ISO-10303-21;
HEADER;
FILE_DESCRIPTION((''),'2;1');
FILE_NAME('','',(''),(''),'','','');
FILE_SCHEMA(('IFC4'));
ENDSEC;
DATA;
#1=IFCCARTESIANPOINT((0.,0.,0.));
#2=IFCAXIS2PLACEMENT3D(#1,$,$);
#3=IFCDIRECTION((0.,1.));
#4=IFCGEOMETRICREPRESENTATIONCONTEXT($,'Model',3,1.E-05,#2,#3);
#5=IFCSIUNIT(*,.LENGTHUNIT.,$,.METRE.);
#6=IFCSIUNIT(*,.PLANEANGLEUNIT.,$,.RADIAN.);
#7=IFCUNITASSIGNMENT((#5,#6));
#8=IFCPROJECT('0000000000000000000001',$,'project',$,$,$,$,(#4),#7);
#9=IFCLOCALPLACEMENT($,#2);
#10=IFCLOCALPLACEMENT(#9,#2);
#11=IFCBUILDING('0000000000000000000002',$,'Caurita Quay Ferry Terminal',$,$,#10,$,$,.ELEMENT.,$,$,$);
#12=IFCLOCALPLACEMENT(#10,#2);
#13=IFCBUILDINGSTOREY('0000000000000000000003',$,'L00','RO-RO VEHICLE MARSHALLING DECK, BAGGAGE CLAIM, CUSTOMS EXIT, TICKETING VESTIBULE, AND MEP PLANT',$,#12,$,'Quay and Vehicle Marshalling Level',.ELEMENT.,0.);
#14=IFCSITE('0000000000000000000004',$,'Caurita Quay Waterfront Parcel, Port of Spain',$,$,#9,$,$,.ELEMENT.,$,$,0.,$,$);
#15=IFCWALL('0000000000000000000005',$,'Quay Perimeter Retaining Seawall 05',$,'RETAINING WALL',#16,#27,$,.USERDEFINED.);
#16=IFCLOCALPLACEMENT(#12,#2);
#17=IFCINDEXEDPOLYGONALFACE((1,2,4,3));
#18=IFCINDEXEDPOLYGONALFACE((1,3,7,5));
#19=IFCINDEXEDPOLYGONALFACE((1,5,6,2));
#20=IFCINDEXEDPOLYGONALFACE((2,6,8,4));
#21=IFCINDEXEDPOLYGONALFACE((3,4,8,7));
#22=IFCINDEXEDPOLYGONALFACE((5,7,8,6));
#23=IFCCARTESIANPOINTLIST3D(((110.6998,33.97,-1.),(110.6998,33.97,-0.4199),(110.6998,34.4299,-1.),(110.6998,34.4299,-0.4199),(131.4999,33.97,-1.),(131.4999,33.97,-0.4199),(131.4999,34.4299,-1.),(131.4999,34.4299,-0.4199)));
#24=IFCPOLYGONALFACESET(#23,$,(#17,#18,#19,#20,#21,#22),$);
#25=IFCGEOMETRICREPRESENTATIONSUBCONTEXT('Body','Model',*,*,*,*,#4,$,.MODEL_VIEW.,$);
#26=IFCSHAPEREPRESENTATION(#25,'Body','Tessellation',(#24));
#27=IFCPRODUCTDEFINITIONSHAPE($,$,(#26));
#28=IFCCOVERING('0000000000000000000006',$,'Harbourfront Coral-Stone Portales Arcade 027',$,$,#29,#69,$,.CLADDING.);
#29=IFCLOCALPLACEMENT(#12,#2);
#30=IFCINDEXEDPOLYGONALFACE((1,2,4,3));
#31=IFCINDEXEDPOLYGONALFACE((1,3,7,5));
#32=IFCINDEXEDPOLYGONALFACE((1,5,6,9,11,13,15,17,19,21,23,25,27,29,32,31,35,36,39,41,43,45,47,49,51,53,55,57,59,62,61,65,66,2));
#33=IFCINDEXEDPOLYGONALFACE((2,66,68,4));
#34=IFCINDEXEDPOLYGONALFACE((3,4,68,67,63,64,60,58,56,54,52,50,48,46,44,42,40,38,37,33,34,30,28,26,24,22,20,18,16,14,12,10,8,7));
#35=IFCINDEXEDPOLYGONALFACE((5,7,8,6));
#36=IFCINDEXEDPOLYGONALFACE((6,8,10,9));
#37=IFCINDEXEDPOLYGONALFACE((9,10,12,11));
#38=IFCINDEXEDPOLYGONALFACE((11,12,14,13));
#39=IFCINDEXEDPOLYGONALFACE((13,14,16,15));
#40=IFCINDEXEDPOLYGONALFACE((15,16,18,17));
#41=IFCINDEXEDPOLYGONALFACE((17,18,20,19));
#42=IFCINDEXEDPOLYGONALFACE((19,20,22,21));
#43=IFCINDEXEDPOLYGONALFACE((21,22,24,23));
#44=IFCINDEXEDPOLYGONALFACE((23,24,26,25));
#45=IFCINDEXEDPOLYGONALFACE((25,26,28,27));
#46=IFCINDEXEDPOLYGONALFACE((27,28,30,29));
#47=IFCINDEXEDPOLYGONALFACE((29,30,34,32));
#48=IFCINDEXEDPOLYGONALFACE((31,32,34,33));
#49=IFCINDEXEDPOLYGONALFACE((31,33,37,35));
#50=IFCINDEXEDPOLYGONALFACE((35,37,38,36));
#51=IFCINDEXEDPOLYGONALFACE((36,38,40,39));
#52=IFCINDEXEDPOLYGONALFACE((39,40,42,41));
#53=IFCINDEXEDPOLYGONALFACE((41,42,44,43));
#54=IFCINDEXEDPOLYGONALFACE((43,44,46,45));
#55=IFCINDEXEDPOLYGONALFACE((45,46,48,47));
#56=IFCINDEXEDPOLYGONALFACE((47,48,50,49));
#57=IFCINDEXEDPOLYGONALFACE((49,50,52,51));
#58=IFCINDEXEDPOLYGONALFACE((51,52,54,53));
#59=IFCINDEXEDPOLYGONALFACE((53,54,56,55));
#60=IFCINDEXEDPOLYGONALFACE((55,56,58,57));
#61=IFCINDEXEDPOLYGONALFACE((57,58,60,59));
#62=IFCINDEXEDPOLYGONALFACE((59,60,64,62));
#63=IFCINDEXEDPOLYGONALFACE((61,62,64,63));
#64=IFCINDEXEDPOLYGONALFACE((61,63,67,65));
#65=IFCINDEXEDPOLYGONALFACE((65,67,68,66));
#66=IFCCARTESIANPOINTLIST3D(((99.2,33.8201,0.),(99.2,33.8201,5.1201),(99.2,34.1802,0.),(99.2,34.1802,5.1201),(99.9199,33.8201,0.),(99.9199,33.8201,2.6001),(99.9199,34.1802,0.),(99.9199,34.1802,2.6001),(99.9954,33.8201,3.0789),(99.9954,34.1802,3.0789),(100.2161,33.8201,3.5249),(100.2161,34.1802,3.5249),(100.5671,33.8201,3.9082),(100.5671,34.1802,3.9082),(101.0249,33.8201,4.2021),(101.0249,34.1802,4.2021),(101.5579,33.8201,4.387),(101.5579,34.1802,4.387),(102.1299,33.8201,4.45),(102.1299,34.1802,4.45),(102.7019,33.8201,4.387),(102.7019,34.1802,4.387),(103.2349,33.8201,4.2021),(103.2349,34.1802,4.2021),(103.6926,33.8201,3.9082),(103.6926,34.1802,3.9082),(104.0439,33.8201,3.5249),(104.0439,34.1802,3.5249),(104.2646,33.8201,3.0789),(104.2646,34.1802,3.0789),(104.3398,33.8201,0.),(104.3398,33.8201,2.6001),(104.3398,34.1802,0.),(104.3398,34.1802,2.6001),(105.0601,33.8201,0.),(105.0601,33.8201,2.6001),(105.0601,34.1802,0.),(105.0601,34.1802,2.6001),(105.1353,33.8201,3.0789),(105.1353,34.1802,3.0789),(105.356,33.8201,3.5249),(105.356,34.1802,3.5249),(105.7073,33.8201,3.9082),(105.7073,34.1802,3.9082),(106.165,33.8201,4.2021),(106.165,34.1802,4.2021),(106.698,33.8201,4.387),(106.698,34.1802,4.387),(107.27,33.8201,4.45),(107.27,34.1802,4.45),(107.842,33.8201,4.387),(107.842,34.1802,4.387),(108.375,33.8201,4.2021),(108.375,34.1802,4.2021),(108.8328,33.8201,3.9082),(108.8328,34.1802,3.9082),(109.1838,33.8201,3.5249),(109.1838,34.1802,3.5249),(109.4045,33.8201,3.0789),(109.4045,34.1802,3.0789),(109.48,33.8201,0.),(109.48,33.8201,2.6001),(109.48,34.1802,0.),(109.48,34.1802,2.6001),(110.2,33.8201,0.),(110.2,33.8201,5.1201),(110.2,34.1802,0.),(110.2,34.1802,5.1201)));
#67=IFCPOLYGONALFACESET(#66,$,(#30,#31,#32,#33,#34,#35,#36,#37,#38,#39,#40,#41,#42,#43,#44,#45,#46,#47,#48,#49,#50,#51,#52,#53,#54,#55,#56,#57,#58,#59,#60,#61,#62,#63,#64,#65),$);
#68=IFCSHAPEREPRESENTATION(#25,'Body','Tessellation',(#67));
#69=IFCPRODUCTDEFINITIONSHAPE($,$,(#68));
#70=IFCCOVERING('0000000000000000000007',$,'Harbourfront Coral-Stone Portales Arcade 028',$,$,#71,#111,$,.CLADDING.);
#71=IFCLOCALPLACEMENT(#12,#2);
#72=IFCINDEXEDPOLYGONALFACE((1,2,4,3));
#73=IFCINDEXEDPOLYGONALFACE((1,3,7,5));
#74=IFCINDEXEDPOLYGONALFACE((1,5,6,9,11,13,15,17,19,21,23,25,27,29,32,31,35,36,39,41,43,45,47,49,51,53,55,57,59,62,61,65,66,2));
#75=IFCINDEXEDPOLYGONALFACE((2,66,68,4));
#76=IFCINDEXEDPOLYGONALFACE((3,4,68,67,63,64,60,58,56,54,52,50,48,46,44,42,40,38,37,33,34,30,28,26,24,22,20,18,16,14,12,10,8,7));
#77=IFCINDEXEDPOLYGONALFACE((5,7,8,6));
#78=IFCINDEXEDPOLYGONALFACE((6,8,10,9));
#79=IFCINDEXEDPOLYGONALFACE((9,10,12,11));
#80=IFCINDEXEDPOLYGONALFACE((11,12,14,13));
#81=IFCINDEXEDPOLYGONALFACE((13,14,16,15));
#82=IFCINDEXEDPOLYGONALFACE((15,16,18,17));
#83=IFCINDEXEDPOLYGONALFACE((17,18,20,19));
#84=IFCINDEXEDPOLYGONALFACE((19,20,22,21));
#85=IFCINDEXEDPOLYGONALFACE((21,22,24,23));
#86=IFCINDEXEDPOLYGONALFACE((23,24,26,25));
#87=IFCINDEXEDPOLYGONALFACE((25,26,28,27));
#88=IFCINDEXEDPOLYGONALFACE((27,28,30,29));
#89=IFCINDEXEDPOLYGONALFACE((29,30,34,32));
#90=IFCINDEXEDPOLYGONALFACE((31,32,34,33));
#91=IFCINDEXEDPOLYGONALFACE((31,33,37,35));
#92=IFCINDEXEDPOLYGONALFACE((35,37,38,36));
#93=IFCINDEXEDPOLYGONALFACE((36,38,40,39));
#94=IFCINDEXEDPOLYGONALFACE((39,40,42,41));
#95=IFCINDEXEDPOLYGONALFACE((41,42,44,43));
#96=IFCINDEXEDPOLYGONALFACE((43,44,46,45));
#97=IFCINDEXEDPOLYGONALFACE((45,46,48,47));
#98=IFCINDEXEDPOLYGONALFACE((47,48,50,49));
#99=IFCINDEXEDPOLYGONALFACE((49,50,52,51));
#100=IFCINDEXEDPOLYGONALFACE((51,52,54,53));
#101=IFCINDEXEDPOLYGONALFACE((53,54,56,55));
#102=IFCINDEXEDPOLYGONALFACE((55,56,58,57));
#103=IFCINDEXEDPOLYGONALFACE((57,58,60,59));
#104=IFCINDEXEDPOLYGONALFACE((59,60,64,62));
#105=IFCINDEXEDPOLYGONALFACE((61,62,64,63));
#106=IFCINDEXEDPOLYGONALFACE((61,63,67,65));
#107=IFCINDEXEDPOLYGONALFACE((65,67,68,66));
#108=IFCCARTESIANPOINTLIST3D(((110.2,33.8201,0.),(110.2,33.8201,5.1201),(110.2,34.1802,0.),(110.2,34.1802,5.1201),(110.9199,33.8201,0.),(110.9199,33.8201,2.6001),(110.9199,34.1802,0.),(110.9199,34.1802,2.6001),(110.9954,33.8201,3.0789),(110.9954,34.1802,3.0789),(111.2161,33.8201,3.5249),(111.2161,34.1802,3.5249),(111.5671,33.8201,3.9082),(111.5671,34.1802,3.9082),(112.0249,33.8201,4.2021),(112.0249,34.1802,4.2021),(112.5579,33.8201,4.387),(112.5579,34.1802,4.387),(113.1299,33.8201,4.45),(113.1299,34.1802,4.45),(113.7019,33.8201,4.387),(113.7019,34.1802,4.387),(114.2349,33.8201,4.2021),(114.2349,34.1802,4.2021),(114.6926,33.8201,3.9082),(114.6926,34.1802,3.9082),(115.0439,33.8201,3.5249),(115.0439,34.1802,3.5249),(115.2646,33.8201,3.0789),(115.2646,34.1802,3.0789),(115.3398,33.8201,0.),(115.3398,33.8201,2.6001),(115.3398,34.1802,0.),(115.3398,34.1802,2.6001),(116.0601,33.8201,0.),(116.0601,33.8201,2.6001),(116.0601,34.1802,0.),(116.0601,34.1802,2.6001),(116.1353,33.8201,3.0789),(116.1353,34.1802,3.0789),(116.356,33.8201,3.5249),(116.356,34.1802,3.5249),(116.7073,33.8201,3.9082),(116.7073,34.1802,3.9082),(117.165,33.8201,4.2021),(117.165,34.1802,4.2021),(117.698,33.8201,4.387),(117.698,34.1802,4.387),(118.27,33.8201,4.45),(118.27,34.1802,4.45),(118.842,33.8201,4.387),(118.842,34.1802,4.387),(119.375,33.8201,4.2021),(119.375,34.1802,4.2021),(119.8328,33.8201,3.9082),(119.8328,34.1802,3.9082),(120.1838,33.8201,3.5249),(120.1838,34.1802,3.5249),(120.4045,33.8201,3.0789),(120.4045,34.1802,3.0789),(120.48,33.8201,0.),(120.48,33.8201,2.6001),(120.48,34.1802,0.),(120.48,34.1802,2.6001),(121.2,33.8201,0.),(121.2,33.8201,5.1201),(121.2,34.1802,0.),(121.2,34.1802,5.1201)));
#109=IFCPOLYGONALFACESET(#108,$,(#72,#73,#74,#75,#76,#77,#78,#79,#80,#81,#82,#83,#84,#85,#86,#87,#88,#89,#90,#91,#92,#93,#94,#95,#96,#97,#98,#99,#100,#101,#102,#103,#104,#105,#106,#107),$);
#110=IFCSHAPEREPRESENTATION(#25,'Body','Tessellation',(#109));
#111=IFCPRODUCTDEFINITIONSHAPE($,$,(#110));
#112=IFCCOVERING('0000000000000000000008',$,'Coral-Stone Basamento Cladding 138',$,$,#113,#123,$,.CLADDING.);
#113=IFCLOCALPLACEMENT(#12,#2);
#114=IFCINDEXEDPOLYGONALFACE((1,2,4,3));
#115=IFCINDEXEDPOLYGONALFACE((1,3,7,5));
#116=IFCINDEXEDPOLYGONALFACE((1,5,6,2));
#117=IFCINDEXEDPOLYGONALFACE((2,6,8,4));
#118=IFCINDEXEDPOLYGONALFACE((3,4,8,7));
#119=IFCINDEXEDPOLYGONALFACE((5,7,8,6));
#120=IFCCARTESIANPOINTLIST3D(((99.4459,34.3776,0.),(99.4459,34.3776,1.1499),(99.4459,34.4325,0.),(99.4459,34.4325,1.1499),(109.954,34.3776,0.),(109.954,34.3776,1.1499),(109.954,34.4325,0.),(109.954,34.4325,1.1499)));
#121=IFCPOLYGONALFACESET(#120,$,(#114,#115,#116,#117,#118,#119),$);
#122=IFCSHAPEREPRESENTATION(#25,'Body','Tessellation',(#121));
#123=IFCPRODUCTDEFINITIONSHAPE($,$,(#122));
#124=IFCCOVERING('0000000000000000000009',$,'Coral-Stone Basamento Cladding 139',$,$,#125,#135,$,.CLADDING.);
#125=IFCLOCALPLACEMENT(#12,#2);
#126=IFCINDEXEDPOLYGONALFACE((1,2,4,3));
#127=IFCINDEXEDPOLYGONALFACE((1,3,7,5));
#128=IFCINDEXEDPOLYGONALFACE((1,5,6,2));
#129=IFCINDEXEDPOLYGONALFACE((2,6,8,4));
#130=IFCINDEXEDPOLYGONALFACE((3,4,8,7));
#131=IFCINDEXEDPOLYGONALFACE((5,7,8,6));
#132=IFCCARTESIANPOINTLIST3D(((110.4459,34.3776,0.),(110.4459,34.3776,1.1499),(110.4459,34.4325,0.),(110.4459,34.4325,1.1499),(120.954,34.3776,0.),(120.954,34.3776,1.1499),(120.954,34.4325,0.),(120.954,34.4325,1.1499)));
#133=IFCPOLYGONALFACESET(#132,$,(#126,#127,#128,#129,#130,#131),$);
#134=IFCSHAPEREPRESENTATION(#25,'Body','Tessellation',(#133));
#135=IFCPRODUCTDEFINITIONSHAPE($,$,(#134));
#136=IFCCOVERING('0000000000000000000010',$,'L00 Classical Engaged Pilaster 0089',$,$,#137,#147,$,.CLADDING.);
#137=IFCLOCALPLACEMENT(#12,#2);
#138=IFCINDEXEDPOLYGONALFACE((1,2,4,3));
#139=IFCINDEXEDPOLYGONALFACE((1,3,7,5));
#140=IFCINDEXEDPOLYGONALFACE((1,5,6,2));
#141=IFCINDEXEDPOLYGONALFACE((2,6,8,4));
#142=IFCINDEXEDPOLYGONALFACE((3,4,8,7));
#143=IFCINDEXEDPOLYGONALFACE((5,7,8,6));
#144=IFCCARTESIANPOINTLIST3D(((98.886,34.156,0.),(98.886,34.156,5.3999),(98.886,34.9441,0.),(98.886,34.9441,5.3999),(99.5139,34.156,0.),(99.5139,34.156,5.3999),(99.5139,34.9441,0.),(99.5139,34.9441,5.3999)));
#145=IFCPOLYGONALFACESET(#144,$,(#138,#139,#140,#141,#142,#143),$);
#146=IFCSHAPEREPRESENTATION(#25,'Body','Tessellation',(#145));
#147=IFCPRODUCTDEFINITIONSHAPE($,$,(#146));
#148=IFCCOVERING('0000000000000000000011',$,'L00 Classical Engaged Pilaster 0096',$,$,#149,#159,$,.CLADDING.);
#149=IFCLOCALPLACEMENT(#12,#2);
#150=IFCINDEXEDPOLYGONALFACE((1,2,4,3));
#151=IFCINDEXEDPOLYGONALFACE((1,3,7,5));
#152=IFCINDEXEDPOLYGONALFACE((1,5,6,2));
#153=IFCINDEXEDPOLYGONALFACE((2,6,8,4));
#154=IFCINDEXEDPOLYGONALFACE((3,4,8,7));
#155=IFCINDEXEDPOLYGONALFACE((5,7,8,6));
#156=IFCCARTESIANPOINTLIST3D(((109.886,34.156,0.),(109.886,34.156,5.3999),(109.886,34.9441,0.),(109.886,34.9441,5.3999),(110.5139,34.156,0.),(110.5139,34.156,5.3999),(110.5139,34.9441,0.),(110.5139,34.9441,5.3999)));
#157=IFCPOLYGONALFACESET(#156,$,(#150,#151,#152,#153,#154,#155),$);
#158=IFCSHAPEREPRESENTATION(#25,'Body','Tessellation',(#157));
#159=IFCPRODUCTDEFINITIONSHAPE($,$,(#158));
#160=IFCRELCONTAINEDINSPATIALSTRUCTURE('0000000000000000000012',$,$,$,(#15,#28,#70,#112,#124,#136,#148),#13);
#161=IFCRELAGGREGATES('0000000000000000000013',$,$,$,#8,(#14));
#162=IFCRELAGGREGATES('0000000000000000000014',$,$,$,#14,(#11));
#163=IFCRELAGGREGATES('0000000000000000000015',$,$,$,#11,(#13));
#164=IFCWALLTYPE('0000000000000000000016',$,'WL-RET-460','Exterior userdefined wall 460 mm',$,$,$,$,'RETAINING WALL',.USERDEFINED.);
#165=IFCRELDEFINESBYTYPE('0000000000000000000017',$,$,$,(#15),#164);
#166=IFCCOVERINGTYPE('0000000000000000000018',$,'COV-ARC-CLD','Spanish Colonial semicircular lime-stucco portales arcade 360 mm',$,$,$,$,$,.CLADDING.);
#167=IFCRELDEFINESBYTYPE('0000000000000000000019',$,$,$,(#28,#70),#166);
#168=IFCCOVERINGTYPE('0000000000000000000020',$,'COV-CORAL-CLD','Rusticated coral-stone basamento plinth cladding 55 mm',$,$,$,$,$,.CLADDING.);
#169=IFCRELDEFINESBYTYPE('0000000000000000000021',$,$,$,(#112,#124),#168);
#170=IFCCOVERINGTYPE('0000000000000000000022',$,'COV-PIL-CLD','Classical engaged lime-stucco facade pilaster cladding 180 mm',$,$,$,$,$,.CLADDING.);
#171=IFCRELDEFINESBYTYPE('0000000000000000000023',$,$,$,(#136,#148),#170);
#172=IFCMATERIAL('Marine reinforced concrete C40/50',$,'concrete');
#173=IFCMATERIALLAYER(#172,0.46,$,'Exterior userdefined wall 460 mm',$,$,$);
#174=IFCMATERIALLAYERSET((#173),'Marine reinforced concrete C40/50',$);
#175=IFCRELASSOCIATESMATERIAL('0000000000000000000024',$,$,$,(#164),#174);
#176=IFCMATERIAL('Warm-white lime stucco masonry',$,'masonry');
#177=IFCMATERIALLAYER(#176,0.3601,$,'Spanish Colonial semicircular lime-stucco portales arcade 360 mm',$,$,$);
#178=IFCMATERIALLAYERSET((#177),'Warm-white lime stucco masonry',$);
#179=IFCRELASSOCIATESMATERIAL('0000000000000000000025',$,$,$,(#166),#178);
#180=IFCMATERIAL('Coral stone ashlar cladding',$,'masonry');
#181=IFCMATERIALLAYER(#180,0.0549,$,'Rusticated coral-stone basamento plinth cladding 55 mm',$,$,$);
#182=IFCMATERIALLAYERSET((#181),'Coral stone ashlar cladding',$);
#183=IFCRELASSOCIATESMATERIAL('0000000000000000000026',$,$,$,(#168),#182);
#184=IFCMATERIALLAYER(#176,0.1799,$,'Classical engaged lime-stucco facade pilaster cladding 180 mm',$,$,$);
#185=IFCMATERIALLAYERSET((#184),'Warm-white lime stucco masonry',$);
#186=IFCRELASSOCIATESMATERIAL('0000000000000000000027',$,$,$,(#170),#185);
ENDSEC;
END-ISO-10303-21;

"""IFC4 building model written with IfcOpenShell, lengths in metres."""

from ifc_helpers import new_model, si_unit, direction, frame, frame_2d, origin, origin_2d, place, context, subcontext, project, spatial, polyline, rectangle, outline, extrude, material, layer, layer_set, type_object, element, save


model = new_model("IFC4")

# Units and contexts
model_context = context("Model", 3, precision=1e-05, world=origin(), true_north=direction((0.0, 1.0)))
body_context = subcontext(model_context, "Body", "Model", "MODEL_VIEW")
ifc_project = project(units=[si_unit("LENGTHUNIT", "METRE"), si_unit("PLANEANGLEUNIT", "RADIAN")], contexts=[model_context])

# Site, building, storey
site_placement = place(None, origin())
site = spatial("IfcSite", under=ifc_project, at=site_placement, Name="Caurita Quay Waterfront Parcel, Port of Spain", CompositionType="ELEMENT", RefElevation=0.0)
building_placement = place(site_placement, origin())
building = spatial("IfcBuilding", under=site, at=building_placement, Name="Caurita Quay Ferry Terminal", CompositionType="ELEMENT")
storey_placement = place(building_placement, origin())
storey = spatial("IfcBuildingStorey", under=building, at=storey_placement, Name="L00", Description="RO-RO VEHICLE MARSHALLING DECK, BAGGAGE CLAIM, CUSTOMS EXIT, TICKETING VESTIBULE, AND MEP PLANT", LongName="Quay and Vehicle Marshalling Level", CompositionType="ELEMENT", Elevation=0.0)

# Shared definitions
ifc_material_1 = material(Name="Marine reinforced concrete C40/50", Category="concrete")

# Shared definitions
ifc_material_2 = material(Name="Warm-white lime stucco masonry", Category="masonry")

# Wall
ifc_layer_1 = layer(ifc_material_1, 0.46, Name="Exterior userdefined wall 460 mm")
ifc_layer_set_1 = layer_set([ifc_layer_1], Name="Marine reinforced concrete C40/50")
wall_type_1 = type_object("IfcWallType", Name="WL-RET-460", Description="Exterior userdefined wall 460 mm", ElementType="RETAINING WALL", PredefinedType="USERDEFINED", material=ifc_layer_set_1)
wall_1_placement = place(storey_placement, frame((110.7, 34.2, -1.0), z_axis=(0.0, 0.0, 1.0), x_axis=(1.0, 0.0, 0.0)))
element("IfcWall", 1, at=wall_1_placement, inside=storey, type_object=wall_type_1, Name="Quay Perimeter Retaining Seawall 05", ObjectType="RETAINING WALL", PredefinedType="USERDEFINED", context=body_context, shape_type="SweptSolid", body=[
    extrude(rectangle(XDim=20.8, YDim=0.46, at=frame_2d((10.3999, 0.0))), origin(), (0.0, 0.0, 1.0), 0.5801),
])

# Coverings
ifc_layer_2 = layer(ifc_material_2, 0.3601, Name="Spanish Colonial semicircular lime-stucco portales arcade 360 mm")
ifc_layer_set_2 = layer_set([ifc_layer_2], Name="Warm-white lime stucco masonry")
covering_type_1 = type_object("IfcCoveringType", Name="COV-ARC-CLD", Description="Spanish Colonial semicircular lime-stucco portales arcade 360 mm", PredefinedType="CLADDING", material=ifc_layer_set_2)
for number, where, z_axis, x_axis, name in (
    (2, (99.2, 34.0, 0.0), (0.0, 0.0, 1.0), (1.0, 0.0, 0.0), "Harbourfront Coral-Stone Portales Arcade 027"),
    (3, (110.2, 34.0, 0.0), (0.0, 0.0, 1.0), (1.0, 0.0, 0.0), "Harbourfront Coral-Stone Portales Arcade 028"),
):
    element("IfcCovering", number, at=place(storey_placement, frame(where, z_axis=z_axis, x_axis=x_axis)), inside=storey, type_object=covering_type_1, Name=name, PredefinedType="CLADDING", context=body_context, shape_type="SweptSolid", body=[
        extrude(outline(polyline([(0.0, 0.0), (0.72, 0.0), (0.72, 2.6001), (0.7954, 3.0789), (1.0161, 3.5249), (1.3672, 3.9082), (1.825, 4.2021), (2.3579, 4.387), (2.9299, 4.45), (3.502, 4.387), (4.0349, 4.2021), (4.4927, 3.9082), (4.844, 3.5249), (5.0647, 3.0789), (5.1399, 2.6001), (5.1399, 0.0), (5.8601, 0.0), (5.8601, 2.6001), (5.9353, 3.0789), (6.156, 3.5249), (6.5073, 3.9082), (6.9651, 4.2021), (7.498, 4.387), (8.0701, 4.45), (8.6421, 4.387), (9.175, 4.2021), (9.6328, 3.9082), (9.9839, 3.5249), (10.2046, 3.0789), (10.28, 2.6001), (10.28, 0.0), (11.0, 0.0), (11.0, 5.1201), (0.0, 5.1201), (0.0, 0.0)])), frame((0.0, 0.1802, 0.0), z_axis=(0.0, -1.0, 0.0), x_axis=(1.0, 0.0, 0.0)), (0.0, 0.0, 1.0), 0.3601),
    ])
ifc_material_3 = material(Name="Coral stone ashlar cladding", Category="masonry")
ifc_layer_3 = layer(ifc_material_3, 0.0549, Name="Rusticated coral-stone basamento plinth cladding 55 mm")
ifc_layer_set_3 = layer_set([ifc_layer_3], Name="Coral stone ashlar cladding")
covering_type_2 = type_object("IfcCoveringType", Name="COV-CORAL-CLD", Description="Rusticated coral-stone basamento plinth cladding 55 mm", PredefinedType="CLADDING", material=ifc_layer_set_3)
for number, where, z_axis, x_axis, name in (
    (4, (99.446, 34.405, 0.0), (0.0, 0.0, 1.0), (1.0, 0.0, 0.0), "Coral-Stone Basamento Cladding 138"),
    (5, (110.446, 34.405, 0.0), (0.0, 0.0, 1.0), (1.0, 0.0, 0.0), "Coral-Stone Basamento Cladding 139"),
):
    element("IfcCovering", number, at=place(storey_placement, frame(where, z_axis=z_axis, x_axis=x_axis)), inside=storey, type_object=covering_type_2, Name=name, PredefinedType="CLADDING", context=body_context, shape_type="SweptSolid", body=[
        extrude(rectangle(XDim=10.5081, YDim=0.0549, at=frame_2d((5.2539, 0.0))), origin(), (0.0, 0.0, 1.0), 1.1499),
    ])
ifc_layer_4 = layer(ifc_material_2, 0.1799, Name="Classical engaged lime-stucco facade pilaster cladding 180 mm")
ifc_layer_set_4 = layer_set([ifc_layer_4], Name="Warm-white lime stucco masonry")
covering_type_3 = type_object("IfcCoveringType", Name="COV-PIL-CLD", Description="Classical engaged lime-stucco facade pilaster cladding 180 mm", PredefinedType="CLADDING", material=ifc_layer_set_4)
for number, where, z_axis, x_axis, name in (
    (6, (99.2, 34.55, 0.0), (0.0, 0.0, 1.0), (1.0, 0.0, 0.0), "L00 Classical Engaged Pilaster 0089"),
    (7, (110.2, 34.55, 0.0), (0.0, 0.0, 1.0), (1.0, 0.0, 0.0), "L00 Classical Engaged Pilaster 0096"),
):
    element("IfcCovering", number, at=place(storey_placement, frame(where, z_axis=z_axis, x_axis=x_axis)), inside=storey, type_object=covering_type_3, Name=name, PredefinedType="CLADDING", context=body_context, shape_type="SweptSolid", body=[
        extrude(rectangle(XDim=0.6279, YDim=0.7881, at=origin_2d()), origin(), (0.0, 0.0, 1.0), 5.3999),
    ])

save(model, "model.ifc")
